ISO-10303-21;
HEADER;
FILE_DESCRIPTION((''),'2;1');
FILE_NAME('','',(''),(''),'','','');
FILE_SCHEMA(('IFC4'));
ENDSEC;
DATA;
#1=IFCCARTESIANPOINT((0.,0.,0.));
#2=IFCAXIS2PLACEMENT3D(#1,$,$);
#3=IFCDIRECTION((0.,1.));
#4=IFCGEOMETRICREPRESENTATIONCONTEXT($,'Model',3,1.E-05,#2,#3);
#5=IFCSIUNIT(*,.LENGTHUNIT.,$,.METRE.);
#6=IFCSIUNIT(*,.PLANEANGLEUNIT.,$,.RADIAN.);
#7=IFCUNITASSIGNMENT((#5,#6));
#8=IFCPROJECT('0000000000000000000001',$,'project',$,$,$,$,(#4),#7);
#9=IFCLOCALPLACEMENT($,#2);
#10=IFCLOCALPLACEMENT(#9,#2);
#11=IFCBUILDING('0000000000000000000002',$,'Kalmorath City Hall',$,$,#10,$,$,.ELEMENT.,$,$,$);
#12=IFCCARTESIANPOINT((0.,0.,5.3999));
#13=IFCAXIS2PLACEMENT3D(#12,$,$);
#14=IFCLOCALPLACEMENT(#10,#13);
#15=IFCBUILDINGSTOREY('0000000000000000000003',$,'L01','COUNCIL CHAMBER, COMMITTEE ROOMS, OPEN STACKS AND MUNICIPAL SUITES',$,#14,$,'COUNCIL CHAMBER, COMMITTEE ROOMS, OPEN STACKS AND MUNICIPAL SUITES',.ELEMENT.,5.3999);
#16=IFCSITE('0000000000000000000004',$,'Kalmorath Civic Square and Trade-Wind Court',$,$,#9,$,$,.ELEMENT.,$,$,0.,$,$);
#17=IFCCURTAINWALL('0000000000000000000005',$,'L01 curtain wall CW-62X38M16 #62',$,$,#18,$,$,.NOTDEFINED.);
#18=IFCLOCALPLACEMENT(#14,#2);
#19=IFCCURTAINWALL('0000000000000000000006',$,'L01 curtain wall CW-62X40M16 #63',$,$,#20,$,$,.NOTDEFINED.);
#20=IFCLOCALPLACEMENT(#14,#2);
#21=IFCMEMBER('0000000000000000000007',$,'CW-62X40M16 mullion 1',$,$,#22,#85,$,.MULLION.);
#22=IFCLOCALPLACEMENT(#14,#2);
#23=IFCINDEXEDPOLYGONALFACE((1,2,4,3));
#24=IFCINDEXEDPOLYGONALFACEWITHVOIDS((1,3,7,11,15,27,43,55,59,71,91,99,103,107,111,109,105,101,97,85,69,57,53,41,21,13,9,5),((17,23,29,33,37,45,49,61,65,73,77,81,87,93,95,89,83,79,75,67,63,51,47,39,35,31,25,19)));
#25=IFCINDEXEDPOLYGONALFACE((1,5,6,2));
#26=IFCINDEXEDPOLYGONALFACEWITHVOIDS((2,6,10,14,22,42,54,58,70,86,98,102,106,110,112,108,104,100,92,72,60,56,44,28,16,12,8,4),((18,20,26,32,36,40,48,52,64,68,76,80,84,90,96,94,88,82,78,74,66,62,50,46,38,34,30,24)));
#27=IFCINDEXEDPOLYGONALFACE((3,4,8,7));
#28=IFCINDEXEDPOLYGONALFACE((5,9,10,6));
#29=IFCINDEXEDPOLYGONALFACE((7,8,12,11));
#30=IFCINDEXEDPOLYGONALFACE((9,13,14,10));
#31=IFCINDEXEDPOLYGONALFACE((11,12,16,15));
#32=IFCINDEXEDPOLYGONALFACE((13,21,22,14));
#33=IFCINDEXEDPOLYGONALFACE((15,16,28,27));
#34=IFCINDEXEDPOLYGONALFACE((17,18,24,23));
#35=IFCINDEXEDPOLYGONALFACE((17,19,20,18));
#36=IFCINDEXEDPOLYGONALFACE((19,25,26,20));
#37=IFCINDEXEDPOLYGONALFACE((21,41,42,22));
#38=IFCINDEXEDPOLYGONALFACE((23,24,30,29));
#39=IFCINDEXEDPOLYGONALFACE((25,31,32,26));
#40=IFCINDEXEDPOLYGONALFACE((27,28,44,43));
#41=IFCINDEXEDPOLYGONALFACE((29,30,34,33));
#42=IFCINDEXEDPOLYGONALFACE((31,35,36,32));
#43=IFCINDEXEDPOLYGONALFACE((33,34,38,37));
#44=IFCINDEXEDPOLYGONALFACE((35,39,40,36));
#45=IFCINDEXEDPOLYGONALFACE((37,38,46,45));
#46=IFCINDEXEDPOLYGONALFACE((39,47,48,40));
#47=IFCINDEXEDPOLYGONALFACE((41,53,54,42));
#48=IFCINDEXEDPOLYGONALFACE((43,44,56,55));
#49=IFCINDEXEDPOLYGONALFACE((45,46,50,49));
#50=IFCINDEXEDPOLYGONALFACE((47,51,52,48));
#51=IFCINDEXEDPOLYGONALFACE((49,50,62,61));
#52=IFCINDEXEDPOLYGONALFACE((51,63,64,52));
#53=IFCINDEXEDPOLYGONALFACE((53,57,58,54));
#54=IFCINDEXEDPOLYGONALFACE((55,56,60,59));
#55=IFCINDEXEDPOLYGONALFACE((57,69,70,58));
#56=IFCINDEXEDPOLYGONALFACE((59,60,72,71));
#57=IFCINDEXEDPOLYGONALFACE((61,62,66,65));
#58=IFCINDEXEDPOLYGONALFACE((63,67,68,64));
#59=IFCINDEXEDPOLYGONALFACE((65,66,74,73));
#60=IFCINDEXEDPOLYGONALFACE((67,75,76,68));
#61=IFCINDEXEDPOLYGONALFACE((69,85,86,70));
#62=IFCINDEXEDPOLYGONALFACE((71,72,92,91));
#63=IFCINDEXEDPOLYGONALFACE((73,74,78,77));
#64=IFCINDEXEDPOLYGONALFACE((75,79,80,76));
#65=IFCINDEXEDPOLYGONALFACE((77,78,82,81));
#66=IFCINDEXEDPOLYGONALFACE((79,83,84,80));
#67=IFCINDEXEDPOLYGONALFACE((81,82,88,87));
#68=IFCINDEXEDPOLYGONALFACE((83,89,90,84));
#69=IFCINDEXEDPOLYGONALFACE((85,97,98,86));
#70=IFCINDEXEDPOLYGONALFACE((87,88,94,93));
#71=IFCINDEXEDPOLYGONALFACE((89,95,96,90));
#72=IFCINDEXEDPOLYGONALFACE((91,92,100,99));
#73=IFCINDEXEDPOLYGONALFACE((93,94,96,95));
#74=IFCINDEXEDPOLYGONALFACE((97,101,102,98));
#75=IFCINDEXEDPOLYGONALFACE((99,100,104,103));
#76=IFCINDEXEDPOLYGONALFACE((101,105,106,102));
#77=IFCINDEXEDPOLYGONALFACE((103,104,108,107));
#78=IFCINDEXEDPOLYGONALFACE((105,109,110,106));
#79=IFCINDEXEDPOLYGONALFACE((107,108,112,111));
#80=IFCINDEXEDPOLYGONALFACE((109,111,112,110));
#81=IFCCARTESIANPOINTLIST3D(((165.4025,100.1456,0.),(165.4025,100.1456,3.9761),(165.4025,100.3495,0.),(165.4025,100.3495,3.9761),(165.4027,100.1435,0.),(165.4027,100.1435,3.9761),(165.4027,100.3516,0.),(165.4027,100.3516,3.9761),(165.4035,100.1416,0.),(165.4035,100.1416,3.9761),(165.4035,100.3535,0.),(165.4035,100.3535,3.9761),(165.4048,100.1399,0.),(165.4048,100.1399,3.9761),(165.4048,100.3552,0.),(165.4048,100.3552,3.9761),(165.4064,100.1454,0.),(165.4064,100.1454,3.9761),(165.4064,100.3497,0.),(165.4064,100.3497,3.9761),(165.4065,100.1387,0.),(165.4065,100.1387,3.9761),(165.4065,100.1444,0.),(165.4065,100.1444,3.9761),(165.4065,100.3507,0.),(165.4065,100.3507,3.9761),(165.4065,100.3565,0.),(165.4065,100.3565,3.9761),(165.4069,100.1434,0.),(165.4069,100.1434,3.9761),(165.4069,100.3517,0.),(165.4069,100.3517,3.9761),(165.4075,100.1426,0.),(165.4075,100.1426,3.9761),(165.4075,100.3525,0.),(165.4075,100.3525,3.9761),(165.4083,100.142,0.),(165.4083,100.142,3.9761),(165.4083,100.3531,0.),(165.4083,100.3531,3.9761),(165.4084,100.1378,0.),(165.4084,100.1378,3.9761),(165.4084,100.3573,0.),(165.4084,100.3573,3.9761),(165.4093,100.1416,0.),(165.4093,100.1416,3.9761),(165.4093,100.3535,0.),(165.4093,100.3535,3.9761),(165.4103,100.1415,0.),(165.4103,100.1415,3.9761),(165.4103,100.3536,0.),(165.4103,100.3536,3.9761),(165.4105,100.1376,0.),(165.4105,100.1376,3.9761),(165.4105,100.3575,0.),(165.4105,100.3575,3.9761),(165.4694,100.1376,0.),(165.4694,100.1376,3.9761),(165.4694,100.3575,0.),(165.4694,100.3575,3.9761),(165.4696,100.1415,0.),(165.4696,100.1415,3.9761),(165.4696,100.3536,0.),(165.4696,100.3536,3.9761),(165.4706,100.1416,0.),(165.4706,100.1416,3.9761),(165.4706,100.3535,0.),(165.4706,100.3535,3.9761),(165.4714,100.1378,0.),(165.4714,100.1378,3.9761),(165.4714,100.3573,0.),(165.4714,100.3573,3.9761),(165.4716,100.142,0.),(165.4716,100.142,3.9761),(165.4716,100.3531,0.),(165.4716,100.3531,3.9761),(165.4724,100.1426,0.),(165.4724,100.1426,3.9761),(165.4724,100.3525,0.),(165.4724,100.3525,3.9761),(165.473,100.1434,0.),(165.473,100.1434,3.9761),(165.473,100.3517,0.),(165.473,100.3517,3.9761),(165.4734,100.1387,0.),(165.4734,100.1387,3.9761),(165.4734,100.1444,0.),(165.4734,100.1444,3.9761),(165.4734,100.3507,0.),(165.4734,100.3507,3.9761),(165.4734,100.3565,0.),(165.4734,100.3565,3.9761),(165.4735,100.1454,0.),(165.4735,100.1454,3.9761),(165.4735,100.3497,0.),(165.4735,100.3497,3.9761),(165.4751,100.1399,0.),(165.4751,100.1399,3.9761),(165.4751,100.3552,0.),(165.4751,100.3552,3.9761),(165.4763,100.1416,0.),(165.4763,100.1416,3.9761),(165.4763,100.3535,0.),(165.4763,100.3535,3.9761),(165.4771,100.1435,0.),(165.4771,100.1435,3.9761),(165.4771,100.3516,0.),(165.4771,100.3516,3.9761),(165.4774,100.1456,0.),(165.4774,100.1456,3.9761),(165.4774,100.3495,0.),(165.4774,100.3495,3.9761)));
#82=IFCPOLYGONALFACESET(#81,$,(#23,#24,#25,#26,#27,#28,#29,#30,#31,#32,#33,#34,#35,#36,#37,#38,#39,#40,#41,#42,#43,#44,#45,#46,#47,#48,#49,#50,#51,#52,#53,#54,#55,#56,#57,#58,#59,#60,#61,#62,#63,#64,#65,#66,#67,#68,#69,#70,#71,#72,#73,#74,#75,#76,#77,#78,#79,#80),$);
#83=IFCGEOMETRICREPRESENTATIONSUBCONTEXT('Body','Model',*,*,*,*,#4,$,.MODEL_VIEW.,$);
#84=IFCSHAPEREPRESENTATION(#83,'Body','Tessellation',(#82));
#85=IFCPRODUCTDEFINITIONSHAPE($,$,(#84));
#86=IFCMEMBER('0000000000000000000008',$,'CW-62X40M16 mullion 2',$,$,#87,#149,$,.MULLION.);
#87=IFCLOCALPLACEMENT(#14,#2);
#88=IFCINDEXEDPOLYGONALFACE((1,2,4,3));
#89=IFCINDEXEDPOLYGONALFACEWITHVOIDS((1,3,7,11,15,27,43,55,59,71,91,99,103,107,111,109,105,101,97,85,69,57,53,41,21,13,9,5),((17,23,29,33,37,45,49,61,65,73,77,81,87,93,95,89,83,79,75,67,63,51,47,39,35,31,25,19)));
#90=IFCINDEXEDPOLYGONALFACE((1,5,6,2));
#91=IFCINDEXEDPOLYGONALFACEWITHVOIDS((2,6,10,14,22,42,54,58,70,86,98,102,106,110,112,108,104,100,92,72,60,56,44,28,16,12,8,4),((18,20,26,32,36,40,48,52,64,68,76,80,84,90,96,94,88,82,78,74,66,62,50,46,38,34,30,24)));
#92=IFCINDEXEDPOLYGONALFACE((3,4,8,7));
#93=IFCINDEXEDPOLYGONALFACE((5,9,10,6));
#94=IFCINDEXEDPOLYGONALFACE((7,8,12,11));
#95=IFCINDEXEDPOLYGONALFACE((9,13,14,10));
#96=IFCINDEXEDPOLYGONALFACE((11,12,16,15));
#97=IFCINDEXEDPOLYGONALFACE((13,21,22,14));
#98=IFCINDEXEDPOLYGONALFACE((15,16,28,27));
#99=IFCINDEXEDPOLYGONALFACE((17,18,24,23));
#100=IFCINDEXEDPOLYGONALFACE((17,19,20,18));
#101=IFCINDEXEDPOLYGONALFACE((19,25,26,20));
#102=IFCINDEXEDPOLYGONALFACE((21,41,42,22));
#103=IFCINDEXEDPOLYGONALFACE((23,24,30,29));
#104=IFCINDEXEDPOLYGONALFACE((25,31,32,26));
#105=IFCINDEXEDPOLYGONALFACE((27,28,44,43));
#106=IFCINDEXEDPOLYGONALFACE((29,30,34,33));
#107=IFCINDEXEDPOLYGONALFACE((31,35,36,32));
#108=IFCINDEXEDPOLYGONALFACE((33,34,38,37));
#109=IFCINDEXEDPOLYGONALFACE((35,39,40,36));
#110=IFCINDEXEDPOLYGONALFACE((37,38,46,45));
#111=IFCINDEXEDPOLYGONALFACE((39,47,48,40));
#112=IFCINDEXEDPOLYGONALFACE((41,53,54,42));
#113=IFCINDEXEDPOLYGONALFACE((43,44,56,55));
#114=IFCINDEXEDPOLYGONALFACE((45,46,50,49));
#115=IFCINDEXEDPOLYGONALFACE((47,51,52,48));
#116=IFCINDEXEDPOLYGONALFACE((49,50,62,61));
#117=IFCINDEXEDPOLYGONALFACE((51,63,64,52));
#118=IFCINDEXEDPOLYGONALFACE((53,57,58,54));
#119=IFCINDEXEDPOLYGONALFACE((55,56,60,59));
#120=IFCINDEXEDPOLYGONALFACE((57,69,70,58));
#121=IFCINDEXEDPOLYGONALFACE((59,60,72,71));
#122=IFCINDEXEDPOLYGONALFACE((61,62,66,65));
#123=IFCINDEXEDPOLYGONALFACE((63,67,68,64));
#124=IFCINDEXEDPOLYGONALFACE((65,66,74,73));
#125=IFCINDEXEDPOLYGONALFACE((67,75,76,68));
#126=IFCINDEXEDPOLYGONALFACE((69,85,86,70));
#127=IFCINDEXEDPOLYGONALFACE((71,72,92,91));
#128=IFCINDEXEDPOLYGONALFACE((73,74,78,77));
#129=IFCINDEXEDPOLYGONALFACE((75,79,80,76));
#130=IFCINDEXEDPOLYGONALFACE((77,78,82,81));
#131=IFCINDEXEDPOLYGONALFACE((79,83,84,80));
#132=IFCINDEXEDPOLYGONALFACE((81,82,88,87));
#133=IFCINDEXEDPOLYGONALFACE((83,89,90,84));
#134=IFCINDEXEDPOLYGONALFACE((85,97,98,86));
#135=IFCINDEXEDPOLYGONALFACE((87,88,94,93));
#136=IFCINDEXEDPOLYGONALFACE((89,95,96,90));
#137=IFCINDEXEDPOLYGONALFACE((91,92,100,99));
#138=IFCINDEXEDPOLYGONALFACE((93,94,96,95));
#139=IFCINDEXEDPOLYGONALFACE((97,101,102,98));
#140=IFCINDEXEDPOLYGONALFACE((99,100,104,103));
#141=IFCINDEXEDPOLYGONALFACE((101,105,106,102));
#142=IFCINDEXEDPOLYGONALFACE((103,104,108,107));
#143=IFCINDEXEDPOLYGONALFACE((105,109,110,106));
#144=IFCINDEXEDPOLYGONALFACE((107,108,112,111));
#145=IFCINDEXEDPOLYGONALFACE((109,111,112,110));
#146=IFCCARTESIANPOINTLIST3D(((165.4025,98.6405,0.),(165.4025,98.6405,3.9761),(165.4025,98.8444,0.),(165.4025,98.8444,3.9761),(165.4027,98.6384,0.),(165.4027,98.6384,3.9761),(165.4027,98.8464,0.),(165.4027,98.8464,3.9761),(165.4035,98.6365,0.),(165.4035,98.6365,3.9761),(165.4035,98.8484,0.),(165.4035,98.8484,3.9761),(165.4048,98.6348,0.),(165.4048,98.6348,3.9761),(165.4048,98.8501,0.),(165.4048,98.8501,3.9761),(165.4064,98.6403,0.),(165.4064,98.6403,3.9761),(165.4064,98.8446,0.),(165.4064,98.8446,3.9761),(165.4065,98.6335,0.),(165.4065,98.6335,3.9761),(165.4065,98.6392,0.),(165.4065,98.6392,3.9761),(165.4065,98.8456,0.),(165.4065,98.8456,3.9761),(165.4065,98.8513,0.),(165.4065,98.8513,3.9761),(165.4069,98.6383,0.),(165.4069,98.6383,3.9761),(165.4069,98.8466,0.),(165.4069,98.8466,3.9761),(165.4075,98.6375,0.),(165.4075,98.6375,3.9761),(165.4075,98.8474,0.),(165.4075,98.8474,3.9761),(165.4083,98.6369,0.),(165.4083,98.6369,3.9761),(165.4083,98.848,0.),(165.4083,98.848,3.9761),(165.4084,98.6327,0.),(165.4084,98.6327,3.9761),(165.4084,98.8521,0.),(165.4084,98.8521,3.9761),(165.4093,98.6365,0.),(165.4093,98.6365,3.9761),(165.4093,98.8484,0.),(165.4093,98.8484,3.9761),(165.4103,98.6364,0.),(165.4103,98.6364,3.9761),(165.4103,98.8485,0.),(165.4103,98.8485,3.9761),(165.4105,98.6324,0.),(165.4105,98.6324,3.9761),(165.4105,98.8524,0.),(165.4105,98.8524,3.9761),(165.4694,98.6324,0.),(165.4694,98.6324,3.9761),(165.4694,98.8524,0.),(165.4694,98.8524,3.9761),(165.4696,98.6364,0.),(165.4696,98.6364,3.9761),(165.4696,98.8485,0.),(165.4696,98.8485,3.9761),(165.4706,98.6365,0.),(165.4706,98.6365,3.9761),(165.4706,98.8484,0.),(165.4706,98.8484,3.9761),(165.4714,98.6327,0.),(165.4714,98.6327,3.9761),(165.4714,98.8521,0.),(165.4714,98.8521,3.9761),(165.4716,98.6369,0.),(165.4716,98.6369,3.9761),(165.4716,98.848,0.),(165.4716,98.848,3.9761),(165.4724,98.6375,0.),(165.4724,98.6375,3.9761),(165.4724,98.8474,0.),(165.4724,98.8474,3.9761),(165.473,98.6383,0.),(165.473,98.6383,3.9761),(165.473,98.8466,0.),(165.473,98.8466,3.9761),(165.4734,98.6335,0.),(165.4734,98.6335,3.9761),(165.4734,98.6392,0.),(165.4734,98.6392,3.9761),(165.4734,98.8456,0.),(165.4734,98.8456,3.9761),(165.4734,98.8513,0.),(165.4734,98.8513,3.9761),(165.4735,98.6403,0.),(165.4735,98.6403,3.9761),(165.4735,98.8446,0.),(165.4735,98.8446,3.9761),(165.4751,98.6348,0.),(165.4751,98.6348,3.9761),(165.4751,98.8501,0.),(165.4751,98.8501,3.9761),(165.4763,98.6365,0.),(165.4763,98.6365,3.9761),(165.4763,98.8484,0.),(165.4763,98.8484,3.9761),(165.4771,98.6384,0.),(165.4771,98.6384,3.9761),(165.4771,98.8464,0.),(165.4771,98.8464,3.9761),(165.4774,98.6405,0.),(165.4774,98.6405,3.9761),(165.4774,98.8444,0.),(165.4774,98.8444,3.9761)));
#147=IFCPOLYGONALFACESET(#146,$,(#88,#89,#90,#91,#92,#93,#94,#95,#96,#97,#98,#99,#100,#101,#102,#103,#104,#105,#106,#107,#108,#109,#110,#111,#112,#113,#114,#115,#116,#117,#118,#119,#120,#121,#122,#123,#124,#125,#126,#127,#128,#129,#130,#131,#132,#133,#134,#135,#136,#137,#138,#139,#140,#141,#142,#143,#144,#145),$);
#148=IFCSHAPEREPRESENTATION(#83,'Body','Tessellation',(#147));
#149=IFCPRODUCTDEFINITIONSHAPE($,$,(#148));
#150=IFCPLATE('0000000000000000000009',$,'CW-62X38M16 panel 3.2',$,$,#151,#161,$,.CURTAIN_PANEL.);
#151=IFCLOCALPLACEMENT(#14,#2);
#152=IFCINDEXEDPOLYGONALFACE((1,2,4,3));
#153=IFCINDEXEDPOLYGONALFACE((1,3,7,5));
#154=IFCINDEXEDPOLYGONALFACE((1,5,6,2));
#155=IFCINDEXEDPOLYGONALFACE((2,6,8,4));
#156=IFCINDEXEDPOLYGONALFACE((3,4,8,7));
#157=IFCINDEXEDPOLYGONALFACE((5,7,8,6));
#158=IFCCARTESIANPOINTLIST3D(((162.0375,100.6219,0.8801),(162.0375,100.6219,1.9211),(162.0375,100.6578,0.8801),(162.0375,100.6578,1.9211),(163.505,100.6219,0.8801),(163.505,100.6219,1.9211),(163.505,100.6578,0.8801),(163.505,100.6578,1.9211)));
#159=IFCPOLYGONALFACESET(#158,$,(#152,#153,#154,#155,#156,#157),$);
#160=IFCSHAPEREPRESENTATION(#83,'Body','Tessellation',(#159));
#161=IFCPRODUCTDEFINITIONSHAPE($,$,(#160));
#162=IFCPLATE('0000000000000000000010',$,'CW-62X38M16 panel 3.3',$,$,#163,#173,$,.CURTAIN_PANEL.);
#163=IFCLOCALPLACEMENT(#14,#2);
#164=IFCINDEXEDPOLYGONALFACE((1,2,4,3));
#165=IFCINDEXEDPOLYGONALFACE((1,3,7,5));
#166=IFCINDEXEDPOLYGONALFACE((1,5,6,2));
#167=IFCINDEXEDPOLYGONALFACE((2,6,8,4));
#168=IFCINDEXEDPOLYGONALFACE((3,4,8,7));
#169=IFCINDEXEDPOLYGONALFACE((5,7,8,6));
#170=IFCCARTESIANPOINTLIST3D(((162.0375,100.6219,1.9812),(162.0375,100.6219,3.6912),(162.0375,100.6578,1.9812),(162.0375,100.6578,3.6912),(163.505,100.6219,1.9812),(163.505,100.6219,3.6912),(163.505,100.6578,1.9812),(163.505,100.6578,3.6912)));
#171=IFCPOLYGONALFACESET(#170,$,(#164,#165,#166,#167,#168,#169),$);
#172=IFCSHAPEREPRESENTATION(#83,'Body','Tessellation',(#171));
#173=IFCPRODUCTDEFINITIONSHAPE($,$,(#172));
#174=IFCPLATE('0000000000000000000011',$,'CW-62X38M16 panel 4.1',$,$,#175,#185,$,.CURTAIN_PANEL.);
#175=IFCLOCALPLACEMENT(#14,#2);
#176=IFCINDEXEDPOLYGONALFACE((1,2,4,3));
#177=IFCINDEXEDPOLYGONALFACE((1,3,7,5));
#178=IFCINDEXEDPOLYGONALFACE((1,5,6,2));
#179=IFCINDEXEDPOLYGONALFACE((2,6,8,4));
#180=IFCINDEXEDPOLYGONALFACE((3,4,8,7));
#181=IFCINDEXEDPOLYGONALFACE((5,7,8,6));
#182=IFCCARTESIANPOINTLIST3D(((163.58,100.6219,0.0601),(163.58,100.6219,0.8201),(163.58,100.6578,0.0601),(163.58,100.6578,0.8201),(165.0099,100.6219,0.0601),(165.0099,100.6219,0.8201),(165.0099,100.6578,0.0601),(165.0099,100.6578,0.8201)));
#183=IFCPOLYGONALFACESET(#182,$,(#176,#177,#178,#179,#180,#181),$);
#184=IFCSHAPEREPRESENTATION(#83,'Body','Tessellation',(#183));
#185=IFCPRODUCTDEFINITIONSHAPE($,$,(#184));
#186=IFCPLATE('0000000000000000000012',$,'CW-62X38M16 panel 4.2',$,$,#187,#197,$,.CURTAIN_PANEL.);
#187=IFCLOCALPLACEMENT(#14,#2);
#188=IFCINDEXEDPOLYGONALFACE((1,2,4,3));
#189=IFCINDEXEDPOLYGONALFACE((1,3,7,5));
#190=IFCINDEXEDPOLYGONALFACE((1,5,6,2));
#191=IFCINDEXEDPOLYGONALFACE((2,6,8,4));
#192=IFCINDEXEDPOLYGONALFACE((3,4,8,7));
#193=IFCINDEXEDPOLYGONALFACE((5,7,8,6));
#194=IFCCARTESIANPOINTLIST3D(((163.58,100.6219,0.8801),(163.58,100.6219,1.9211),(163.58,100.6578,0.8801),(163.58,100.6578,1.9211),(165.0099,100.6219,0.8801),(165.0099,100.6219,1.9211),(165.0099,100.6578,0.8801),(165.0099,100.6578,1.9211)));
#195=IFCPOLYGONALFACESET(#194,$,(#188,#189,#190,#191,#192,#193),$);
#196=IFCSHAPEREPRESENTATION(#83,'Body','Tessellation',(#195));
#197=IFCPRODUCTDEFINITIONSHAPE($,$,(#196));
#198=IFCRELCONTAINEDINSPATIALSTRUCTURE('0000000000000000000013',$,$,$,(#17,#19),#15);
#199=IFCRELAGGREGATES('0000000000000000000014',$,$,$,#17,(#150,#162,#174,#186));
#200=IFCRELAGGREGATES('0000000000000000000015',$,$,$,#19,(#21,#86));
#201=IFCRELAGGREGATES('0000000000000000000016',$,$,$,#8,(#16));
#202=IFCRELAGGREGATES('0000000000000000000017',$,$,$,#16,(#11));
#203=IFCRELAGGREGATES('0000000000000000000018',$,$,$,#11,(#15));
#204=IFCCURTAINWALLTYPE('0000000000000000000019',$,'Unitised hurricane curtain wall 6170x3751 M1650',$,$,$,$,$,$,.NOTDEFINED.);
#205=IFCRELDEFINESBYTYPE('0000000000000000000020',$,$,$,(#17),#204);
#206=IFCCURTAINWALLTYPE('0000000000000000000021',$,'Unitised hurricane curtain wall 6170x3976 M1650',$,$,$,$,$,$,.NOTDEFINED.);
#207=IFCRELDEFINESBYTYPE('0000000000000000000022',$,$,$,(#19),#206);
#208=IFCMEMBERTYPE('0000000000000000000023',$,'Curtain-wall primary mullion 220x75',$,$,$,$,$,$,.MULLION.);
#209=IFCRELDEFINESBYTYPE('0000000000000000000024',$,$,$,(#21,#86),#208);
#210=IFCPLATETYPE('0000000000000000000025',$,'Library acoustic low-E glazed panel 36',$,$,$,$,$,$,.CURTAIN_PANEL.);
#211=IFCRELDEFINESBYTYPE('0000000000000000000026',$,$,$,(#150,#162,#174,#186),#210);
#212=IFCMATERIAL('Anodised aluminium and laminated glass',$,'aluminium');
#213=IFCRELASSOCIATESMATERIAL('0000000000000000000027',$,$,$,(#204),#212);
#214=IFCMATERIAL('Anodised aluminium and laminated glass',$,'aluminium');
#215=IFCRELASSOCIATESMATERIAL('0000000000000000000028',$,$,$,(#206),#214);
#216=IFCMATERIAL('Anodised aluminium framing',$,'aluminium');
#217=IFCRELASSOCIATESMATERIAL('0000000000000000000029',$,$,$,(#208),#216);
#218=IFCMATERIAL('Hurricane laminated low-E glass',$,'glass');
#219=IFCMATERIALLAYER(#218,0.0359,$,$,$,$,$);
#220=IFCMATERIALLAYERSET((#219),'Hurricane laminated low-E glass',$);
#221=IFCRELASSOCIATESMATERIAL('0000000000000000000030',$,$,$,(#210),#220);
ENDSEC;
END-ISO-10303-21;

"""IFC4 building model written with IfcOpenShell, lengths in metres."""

from ifc_helpers import new_model, si_unit, direction, frame, origin, origin_2d, place, context, subcontext, project, spatial, rectangle, hollow_rectangle, extrude, material, layer, layer_set, material_profile, profile_set, type_object, element, aggregate, save


model = new_model("IFC4")

# Units and contexts
model_context = context("Model", 3, precision=1e-05, world=origin(), true_north=direction((0.0, 1.0)))
body_context = subcontext(model_context, "Body", "Model", "MODEL_VIEW")
ifc_project = project(units=[si_unit("LENGTHUNIT", "METRE"), si_unit("PLANEANGLEUNIT", "RADIAN")], contexts=[model_context])

# Site, building, storey
site_placement = place(None, origin())
site = spatial("IfcSite", under=ifc_project, at=site_placement, Name="Kalmorath Civic Square and Trade-Wind Court", CompositionType="ELEMENT", RefElevation=0.0)
building_placement = place(site_placement, origin())
building = spatial("IfcBuilding", under=site, at=building_placement, Name="Kalmorath City Hall", CompositionType="ELEMENT")
storey_placement = place(building_placement, frame((0.0, 0.0, 5.3999)))
storey = spatial("IfcBuildingStorey", under=building, at=storey_placement, Name="L01", Description="COUNCIL CHAMBER, COMMITTEE ROOMS, OPEN STACKS AND MUNICIPAL SUITES", LongName="COUNCIL CHAMBER, COMMITTEE ROOMS, OPEN STACKS AND MUNICIPAL SUITES", CompositionType="ELEMENT", Elevation=5.3999)

# Curtain walls
ifc_material_1 = material(Name="Anodised aluminium and laminated glass", Category="aluminium")
curtain_wall_type_1 = type_object("IfcCurtainWallType", Name="Unitised hurricane curtain wall 6170x3751 M1650", PredefinedType="NOTDEFINED", material=ifc_material_1)
curtain_wall_1_placement = place(storey_placement, origin())
curtain_wall_1 = element("IfcCurtainWall", 1, at=curtain_wall_1_placement, inside=storey, type_object=curtain_wall_type_1, Name="L01 curtain wall CW-62X38M16 #62", PredefinedType="NOTDEFINED")
ifc_material_2 = material(Name="Anodised aluminium and laminated glass", Category="aluminium")
curtain_wall_type_2 = type_object("IfcCurtainWallType", Name="Unitised hurricane curtain wall 6170x3976 M1650", PredefinedType="NOTDEFINED", material=ifc_material_2)
curtain_wall_2_placement = place(storey_placement, origin())
curtain_wall_2 = element("IfcCurtainWall", 2, at=curtain_wall_2_placement, inside=storey, type_object=curtain_wall_type_2, Name="L01 curtain wall CW-62X40M16 #63", PredefinedType="NOTDEFINED")

# Members
ifc_material_3 = material(Name="Anodised aluminium framing", Category="aluminium")
ifc_material_profile_1 = material_profile(ifc_material_3, hollow_rectangle(XDim=0.075, YDim=0.22, WallThickness=0.0039, InnerFilletRadius=0.0039, OuterFilletRadius=0.0081, at=origin_2d()), Name="ALU-MUL-220X75X4")
ifc_profile_set_1 = profile_set([ifc_material_profile_1], Name="Anodised aluminium framing")
member_type_1 = type_object("IfcMemberType", Name="Curtain-wall primary mullion 220x75", PredefinedType="MULLION", material=ifc_profile_set_1)
member_1_placement = place(storey_placement, frame((165.4399, 100.2476, 0.0), z_axis=(0.0, 0.0, 1.0), x_axis=(1.0, 0.0, 0.0)))
member_1 = element("IfcMember", 3, at=member_1_placement, type_object=member_type_1, Name="CW-62X40M16 mullion 1", PredefinedType="MULLION", context=body_context, shape_type="SweptSolid", body=[
    extrude(hollow_rectangle(XDim=0.075, YDim=0.22, WallThickness=0.0039, InnerFilletRadius=0.0039, OuterFilletRadius=0.0081, at=origin_2d()), origin(), (0.0, 0.0, 1.0), 3.9761),
])
member_2_placement = place(storey_placement, frame((165.4399, 98.7424, 0.0), z_axis=(0.0, 0.0, 1.0), x_axis=(1.0, 0.0, 0.0)))
member_2 = element("IfcMember", 4, at=member_2_placement, type_object=member_type_1, Name="CW-62X40M16 mullion 2", PredefinedType="MULLION", context=body_context, shape_type="SweptSolid", body=[
    extrude(hollow_rectangle(XDim=0.075, YDim=0.22, WallThickness=0.0039, InnerFilletRadius=0.0039, OuterFilletRadius=0.0081, at=origin_2d()), origin(), (0.0, 0.0, 1.0), 3.9761),
])

# Plates
ifc_material_4 = material(Name="Hurricane laminated low-E glass", Category="glass")
ifc_layer = layer(ifc_material_4, 0.0359)
ifc_layer_set = layer_set([ifc_layer], Name="Hurricane laminated low-E glass")
plate_type = type_object("IfcPlateType", Name="Library acoustic low-E glazed panel 36", PredefinedType="CURTAIN_PANEL", material=ifc_layer_set)
plate_1_placement = place(storey_placement, frame((162.7712, 100.6399, 0.8801), z_axis=(0.0, 0.0, 1.0), x_axis=(1.0, 0.0, 0.0)))
plate_1 = element("IfcPlate", 5, at=plate_1_placement, type_object=plate_type, Name="CW-62X38M16 panel 3.2", PredefinedType="CURTAIN_PANEL", context=body_context, shape_type="SweptSolid", body=[
    extrude(rectangle(XDim=1.4675, YDim=0.0359, at=origin_2d()), origin(), (0.0, 0.0, 1.0), 1.041),
])
plate_2_placement = place(storey_placement, frame((162.7712, 100.6399, 1.9812), z_axis=(0.0, 0.0, 1.0), x_axis=(1.0, 0.0, 0.0)))
plate_2 = element("IfcPlate", 6, at=plate_2_placement, type_object=plate_type, Name="CW-62X38M16 panel 3.3", PredefinedType="CURTAIN_PANEL", context=body_context, shape_type="SweptSolid", body=[
    extrude(rectangle(XDim=1.4675, YDim=0.0359, at=origin_2d()), origin(), (0.0, 0.0, 1.0), 1.71),
])
plate_3_placement = place(storey_placement, frame((164.2949, 100.6399, 0.0601), z_axis=(0.0, 0.0, 1.0), x_axis=(1.0, 0.0, 0.0)))
plate_3 = element("IfcPlate", 7, at=plate_3_placement, type_object=plate_type, Name="CW-62X38M16 panel 4.1", PredefinedType="CURTAIN_PANEL", context=body_context, shape_type="SweptSolid", body=[
    extrude(rectangle(XDim=1.4299, YDim=0.0359, at=origin_2d()), origin(), (0.0, 0.0, 1.0), 0.76),
])
plate_4_placement = place(storey_placement, frame((164.2949, 100.6399, 0.8801), z_axis=(0.0, 0.0, 1.0), x_axis=(1.0, 0.0, 0.0)))
plate_4 = element("IfcPlate", 8, at=plate_4_placement, type_object=plate_type, Name="CW-62X38M16 panel 4.2", PredefinedType="CURTAIN_PANEL", context=body_context, shape_type="SweptSolid", body=[
    extrude(rectangle(XDim=1.4299, YDim=0.0359, at=origin_2d()), origin(), (0.0, 0.0, 1.0), 1.041),
])
aggregate(curtain_wall_1, [plate_1, plate_2, plate_3, plate_4])
aggregate(curtain_wall_2, [member_1, member_2])

save(model, "model.ifc")
